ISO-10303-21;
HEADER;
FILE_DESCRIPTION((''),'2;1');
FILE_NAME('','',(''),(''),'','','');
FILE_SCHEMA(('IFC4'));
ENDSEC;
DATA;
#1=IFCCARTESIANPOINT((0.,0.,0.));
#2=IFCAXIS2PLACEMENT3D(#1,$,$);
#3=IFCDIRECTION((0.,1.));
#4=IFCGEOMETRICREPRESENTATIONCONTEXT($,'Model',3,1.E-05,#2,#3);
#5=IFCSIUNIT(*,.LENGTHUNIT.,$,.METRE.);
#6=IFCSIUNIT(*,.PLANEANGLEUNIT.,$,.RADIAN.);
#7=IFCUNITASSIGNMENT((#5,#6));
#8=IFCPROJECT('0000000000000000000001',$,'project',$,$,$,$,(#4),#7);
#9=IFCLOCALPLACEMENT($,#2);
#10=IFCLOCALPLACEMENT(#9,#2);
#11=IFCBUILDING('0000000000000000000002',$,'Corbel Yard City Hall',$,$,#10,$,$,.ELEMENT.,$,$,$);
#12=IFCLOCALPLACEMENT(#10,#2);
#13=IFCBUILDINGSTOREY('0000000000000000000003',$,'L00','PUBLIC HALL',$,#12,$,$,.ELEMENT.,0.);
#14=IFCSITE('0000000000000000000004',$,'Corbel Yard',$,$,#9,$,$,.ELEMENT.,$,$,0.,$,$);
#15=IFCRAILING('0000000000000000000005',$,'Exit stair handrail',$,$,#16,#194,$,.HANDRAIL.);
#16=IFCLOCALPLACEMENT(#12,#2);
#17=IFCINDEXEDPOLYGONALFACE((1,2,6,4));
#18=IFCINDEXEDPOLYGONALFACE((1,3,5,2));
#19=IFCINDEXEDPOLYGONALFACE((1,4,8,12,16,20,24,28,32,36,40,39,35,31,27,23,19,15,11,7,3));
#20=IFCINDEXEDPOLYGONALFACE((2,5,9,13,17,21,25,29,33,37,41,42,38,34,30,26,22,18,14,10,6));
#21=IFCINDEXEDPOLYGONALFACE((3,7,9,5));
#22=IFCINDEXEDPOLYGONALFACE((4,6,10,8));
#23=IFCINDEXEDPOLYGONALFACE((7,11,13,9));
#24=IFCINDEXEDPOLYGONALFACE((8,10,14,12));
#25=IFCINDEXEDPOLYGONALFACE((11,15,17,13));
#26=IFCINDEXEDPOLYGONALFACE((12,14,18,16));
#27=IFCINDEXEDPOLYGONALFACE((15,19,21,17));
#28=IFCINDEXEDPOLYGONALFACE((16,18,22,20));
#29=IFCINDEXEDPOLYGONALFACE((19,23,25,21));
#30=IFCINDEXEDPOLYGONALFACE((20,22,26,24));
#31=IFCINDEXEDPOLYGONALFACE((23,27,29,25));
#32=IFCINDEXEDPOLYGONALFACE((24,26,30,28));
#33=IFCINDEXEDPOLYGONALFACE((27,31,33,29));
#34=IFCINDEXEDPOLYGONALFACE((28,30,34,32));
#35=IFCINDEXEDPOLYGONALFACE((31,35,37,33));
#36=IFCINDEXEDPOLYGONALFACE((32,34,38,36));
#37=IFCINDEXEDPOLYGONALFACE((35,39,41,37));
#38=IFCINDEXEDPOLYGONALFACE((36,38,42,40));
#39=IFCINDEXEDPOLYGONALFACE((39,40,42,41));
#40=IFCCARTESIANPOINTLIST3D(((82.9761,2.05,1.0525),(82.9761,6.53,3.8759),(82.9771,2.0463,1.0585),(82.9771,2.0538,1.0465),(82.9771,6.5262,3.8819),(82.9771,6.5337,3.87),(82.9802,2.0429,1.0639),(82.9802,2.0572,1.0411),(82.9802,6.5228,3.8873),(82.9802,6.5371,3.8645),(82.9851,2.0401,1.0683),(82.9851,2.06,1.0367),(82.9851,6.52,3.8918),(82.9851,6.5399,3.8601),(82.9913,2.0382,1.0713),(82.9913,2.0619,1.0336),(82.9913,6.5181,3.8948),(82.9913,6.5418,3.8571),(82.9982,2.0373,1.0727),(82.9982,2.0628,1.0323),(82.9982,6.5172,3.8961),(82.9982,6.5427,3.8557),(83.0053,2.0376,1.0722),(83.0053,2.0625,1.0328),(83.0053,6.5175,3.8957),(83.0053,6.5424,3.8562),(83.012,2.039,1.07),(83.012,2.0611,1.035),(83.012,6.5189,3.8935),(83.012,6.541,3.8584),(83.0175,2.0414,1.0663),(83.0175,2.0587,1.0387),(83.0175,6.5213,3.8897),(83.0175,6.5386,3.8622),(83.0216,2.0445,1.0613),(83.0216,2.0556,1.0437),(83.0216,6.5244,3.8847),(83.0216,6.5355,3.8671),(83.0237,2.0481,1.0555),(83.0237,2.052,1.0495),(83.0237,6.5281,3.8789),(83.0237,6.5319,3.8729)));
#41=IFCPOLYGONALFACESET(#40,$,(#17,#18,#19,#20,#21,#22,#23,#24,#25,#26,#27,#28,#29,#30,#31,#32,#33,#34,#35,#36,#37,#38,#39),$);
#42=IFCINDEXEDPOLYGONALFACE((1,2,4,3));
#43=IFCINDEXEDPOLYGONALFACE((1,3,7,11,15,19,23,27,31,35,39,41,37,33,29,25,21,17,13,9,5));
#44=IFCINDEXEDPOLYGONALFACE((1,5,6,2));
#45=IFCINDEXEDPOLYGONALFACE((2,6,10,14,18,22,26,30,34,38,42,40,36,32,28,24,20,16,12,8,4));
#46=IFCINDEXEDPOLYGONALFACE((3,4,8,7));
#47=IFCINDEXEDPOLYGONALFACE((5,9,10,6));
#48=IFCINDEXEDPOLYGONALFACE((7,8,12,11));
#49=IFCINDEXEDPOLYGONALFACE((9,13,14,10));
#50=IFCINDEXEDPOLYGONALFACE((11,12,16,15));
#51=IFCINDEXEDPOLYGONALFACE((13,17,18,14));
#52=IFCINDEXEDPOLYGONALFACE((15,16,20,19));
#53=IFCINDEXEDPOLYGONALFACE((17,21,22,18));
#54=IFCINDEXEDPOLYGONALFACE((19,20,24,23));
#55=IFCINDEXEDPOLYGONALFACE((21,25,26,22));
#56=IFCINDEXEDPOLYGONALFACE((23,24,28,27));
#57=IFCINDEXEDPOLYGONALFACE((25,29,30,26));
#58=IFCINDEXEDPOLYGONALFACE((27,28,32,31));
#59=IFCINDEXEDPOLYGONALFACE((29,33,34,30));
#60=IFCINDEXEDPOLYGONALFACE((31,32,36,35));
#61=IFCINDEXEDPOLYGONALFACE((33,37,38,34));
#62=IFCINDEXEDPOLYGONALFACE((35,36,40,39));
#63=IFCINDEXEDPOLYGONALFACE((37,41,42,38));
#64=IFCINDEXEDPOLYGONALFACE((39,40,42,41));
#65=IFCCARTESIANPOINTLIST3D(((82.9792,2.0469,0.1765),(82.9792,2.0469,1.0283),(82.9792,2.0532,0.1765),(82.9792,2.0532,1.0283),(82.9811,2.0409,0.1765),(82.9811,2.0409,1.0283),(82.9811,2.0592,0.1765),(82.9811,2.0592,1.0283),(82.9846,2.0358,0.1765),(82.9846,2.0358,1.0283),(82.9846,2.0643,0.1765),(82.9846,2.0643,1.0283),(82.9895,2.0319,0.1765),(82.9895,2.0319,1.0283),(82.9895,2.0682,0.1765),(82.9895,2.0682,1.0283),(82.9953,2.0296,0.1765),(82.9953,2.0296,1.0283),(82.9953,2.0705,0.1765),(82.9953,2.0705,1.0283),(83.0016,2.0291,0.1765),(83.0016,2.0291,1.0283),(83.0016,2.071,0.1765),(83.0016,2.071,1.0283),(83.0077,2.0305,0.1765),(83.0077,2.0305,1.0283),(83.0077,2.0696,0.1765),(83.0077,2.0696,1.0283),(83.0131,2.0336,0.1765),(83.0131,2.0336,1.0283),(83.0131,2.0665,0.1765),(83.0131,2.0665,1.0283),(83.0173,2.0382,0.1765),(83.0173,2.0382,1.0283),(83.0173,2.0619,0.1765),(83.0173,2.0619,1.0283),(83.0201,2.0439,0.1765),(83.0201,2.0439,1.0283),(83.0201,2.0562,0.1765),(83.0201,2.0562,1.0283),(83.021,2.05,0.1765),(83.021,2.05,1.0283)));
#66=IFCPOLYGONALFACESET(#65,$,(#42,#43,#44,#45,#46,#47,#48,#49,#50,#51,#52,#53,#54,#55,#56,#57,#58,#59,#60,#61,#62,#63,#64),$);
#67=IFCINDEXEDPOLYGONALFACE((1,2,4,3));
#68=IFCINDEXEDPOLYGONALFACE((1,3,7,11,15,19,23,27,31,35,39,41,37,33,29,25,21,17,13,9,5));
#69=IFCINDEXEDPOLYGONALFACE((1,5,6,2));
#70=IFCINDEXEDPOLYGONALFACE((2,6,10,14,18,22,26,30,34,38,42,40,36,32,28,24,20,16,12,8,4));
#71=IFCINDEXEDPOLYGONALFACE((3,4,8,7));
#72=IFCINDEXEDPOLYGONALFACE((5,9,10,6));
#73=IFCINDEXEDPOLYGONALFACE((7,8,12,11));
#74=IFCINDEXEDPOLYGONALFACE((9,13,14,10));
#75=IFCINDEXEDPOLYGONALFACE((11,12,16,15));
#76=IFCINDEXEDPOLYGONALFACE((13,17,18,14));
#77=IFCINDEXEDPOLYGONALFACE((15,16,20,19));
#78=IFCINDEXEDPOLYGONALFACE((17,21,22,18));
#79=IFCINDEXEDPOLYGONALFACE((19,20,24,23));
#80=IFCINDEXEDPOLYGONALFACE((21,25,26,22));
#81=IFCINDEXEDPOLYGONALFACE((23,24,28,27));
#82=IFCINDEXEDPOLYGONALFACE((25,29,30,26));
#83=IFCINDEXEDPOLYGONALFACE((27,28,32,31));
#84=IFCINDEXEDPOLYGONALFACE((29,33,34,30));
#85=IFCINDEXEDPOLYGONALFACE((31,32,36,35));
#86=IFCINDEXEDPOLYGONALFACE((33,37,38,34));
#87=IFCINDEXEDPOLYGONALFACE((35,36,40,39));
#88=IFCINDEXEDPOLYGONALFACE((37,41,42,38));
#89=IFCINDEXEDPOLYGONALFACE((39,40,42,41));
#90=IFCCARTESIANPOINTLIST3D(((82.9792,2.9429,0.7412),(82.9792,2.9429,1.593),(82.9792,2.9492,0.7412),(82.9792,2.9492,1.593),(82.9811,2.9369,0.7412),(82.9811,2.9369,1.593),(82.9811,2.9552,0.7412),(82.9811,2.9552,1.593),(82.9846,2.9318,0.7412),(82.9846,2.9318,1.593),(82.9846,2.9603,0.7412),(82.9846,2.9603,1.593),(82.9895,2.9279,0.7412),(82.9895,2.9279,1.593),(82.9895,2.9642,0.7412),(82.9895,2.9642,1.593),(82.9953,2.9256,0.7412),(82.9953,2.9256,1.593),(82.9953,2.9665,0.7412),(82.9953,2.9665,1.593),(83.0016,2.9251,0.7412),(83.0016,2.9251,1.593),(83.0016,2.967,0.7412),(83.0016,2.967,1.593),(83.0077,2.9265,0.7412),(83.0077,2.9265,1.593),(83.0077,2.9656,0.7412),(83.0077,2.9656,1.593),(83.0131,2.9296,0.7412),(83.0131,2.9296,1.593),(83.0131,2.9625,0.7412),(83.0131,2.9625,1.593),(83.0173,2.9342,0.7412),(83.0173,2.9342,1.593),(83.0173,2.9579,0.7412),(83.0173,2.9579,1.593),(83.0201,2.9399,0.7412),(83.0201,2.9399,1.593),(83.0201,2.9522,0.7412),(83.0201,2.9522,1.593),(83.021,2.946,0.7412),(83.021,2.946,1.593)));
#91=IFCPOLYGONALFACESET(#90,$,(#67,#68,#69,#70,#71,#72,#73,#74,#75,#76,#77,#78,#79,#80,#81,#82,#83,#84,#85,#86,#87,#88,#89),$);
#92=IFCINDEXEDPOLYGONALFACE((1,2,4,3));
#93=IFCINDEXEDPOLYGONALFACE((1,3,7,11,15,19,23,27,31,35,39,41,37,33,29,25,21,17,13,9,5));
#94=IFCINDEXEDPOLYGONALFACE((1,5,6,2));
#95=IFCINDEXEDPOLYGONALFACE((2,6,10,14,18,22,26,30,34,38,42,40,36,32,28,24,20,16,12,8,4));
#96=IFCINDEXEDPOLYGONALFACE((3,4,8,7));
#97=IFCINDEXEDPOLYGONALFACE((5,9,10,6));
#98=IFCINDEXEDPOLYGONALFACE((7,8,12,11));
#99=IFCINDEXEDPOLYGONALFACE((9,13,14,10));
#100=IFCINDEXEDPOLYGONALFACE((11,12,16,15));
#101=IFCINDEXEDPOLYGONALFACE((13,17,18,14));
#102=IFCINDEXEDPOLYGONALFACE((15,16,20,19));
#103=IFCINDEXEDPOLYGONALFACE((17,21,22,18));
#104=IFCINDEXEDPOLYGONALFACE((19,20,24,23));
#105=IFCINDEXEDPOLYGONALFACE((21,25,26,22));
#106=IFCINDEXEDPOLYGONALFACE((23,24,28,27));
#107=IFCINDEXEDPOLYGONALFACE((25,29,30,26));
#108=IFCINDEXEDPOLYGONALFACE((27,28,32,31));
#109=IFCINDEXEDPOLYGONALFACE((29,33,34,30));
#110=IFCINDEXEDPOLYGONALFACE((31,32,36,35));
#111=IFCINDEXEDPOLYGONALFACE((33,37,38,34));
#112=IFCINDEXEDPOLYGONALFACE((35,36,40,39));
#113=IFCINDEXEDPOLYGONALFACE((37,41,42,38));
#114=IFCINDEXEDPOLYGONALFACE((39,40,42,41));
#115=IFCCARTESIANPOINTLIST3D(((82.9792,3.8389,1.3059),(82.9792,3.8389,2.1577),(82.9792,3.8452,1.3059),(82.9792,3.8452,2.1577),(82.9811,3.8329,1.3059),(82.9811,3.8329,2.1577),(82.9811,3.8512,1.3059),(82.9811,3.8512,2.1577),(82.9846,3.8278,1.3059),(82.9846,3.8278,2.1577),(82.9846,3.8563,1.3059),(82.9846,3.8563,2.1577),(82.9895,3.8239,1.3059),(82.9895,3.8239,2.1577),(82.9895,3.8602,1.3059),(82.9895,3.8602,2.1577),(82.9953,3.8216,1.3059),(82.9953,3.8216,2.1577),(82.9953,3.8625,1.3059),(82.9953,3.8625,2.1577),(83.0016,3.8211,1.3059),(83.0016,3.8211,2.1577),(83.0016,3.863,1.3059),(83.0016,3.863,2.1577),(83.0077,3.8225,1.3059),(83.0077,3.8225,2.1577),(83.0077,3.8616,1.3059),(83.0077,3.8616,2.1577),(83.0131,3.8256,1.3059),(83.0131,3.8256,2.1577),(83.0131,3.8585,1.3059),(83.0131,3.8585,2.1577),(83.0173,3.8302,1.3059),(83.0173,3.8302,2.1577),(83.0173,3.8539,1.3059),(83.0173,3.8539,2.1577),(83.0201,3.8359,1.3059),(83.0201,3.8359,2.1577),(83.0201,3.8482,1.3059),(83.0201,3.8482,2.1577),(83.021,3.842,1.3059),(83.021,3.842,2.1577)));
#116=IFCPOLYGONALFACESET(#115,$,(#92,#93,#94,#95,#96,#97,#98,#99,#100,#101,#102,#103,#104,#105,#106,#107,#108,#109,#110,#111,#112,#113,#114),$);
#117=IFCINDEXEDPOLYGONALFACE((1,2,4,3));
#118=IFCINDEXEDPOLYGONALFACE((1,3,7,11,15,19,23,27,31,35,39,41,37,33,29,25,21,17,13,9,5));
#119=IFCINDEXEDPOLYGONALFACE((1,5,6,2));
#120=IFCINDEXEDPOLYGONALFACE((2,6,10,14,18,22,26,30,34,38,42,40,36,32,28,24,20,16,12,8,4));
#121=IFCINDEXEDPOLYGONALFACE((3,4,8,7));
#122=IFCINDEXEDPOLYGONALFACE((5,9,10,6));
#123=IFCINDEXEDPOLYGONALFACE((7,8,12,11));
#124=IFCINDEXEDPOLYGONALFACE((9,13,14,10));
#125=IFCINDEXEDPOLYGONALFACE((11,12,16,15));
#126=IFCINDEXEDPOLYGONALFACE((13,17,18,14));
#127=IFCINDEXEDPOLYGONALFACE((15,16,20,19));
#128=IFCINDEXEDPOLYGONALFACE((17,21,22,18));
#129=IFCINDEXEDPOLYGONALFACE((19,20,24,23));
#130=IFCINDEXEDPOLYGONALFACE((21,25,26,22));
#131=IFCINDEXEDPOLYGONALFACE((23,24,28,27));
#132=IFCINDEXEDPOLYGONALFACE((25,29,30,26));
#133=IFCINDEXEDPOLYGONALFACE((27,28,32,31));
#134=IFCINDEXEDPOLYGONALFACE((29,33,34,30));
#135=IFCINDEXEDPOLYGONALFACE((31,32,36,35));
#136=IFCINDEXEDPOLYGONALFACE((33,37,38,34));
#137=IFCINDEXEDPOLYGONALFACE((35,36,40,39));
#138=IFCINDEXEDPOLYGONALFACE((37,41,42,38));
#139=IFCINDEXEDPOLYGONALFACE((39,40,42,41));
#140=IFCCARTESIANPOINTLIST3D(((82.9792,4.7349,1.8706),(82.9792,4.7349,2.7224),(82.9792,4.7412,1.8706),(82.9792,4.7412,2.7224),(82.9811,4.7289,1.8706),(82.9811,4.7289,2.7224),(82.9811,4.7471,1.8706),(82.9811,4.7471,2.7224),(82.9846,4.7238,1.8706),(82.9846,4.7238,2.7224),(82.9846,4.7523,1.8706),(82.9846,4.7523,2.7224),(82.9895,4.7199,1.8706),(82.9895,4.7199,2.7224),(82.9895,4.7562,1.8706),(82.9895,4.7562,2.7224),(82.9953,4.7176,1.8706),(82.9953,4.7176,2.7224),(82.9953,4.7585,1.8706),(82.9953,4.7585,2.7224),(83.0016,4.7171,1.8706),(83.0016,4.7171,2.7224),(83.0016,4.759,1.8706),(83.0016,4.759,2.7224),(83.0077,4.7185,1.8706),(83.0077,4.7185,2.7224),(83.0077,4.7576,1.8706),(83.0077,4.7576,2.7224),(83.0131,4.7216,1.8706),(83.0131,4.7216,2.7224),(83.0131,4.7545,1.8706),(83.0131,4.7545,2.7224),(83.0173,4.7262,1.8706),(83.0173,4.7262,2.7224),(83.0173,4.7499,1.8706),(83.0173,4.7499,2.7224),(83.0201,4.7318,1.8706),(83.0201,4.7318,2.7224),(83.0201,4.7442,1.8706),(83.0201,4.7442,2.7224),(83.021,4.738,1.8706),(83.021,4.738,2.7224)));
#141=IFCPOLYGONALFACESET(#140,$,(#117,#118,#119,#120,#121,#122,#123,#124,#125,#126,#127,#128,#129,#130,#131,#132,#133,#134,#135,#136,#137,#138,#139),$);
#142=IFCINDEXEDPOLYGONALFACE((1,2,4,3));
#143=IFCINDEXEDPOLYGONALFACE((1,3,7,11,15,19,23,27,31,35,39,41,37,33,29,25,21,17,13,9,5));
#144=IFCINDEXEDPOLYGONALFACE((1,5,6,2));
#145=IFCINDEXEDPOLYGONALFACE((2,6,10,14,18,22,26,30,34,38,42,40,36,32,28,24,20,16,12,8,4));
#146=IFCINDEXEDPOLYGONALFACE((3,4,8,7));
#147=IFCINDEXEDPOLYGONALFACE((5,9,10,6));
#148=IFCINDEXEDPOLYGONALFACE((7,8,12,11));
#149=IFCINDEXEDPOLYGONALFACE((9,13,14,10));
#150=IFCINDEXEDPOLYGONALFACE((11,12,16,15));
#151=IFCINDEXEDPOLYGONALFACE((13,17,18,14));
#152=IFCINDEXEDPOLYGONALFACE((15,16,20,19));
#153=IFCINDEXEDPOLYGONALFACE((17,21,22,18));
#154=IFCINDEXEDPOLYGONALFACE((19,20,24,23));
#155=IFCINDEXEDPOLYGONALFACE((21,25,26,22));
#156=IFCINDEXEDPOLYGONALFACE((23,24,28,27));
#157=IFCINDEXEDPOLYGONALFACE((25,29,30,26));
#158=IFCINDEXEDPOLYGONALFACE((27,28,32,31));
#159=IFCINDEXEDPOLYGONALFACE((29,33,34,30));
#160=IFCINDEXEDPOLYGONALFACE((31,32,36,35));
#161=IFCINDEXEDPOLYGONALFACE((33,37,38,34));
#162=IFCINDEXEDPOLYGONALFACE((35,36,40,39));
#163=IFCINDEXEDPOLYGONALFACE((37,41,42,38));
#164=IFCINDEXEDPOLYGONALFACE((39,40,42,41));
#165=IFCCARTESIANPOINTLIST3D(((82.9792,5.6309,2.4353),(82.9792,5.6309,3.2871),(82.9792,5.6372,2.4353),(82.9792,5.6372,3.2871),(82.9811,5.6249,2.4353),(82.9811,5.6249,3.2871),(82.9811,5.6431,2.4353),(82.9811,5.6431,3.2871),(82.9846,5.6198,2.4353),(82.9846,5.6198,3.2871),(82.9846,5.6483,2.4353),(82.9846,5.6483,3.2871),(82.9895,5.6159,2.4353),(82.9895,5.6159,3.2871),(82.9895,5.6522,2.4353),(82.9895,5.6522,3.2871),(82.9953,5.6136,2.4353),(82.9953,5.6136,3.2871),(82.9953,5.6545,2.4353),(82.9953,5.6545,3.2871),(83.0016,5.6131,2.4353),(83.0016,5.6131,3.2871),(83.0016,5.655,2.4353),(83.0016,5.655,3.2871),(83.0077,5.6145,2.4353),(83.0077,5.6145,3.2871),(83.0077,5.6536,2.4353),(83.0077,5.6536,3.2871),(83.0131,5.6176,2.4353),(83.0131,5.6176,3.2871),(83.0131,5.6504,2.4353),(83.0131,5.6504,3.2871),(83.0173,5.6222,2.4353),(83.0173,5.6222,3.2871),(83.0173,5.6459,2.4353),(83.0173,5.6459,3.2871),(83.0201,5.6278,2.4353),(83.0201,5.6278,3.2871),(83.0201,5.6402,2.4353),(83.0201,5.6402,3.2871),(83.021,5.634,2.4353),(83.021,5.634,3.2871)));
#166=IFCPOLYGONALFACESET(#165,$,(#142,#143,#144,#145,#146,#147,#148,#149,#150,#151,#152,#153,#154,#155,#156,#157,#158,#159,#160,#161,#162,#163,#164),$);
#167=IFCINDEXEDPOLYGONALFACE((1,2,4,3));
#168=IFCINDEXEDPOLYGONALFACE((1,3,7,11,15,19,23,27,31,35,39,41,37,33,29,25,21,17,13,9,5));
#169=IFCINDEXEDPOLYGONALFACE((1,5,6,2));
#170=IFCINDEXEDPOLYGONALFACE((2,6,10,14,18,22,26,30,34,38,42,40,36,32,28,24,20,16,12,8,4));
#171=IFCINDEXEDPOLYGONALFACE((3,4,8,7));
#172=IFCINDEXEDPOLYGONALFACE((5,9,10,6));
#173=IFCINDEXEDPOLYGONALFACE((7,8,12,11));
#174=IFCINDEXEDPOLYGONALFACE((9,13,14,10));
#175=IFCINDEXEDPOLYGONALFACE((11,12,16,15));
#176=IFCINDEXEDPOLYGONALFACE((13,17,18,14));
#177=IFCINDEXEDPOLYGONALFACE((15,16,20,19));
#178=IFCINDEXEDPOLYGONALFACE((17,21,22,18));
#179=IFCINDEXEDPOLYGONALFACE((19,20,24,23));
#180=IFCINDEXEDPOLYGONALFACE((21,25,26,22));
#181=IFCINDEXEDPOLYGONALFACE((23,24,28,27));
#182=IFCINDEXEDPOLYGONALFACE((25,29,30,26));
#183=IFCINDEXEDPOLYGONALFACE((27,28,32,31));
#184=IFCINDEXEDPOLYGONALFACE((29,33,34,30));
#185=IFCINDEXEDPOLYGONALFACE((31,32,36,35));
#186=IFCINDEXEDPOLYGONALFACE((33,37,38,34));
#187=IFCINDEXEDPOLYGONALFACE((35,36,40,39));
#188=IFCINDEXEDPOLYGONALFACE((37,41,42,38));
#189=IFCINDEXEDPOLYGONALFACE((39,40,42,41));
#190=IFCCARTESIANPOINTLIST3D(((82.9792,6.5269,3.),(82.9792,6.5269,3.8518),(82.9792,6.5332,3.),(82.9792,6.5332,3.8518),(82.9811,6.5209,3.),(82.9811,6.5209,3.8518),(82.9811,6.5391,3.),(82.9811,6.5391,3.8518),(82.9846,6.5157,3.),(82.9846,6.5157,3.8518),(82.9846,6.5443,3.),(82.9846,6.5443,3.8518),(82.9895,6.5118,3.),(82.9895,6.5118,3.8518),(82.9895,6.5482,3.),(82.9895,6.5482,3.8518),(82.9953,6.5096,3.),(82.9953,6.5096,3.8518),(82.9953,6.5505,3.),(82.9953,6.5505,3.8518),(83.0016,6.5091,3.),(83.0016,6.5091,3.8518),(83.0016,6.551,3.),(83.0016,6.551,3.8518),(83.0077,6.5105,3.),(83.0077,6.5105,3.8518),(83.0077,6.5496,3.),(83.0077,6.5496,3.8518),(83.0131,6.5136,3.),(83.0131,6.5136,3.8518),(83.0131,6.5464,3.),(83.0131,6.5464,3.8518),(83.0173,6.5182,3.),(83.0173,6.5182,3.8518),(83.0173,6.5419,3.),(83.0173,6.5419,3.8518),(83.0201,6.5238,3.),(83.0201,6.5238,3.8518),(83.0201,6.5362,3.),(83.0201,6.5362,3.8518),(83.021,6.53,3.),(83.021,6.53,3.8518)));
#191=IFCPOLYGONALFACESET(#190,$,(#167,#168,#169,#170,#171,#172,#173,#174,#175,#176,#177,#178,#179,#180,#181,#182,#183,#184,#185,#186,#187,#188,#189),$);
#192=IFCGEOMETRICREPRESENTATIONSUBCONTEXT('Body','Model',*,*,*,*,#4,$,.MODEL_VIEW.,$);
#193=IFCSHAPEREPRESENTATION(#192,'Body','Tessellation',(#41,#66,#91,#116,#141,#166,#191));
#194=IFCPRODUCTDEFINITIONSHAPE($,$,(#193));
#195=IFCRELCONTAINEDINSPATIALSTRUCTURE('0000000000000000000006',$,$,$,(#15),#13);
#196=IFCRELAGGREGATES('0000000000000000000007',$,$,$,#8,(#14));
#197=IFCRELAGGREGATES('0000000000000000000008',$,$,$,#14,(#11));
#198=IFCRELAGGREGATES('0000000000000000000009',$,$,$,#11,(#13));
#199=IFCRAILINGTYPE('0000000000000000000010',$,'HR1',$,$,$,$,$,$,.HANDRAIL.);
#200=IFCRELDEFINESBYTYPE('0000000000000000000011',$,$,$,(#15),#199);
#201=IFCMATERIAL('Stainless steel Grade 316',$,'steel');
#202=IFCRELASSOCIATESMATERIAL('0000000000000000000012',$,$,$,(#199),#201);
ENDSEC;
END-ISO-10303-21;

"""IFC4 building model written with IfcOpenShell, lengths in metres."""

from ifc_helpers import new_model, si_unit, direction, frame, origin, origin_2d, place, context, subcontext, project, spatial, circle, extrude, material, type_object, element, save


model = new_model("IFC4")

# Units and contexts
model_context = context("Model", 3, precision=1e-05, world=origin(), true_north=direction((0.0, 1.0)))
body_context = subcontext(model_context, "Body", "Model", "MODEL_VIEW")
ifc_project = project(units=[si_unit("LENGTHUNIT", "METRE"), si_unit("PLANEANGLEUNIT", "RADIAN")], contexts=[model_context])

# Site, building, storey
site_placement = place(None, origin())
site = spatial("IfcSite", under=ifc_project, at=site_placement, Name="Corbel Yard", CompositionType="ELEMENT", RefElevation=0.0)
building_placement = place(site_placement, origin())
building = spatial("IfcBuilding", under=site, at=building_placement, Name="Corbel Yard City Hall", CompositionType="ELEMENT")
storey_placement = place(building_placement, origin())
storey = spatial("IfcBuildingStorey", under=building, at=storey_placement, Name="L00", Description="PUBLIC HALL", CompositionType="ELEMENT", Elevation=0.0)

# Shared definitions
ifc_material_1 = material(Name="Stainless steel Grade 316", Category="steel")

# Railing
railing_type = type_object("IfcRailingType", Name="HR1", PredefinedType="HANDRAIL", material=ifc_material_1)
for number, where, name in (
    (1, (83.0, 2.05, 0.1765), "Exit stair handrail"),
):
    element("IfcRailing", number, at=place(storey_placement, frame(where)), inside=storey, type_object=railing_type, Name=name, PredefinedType="HANDRAIL", context=body_context, shape_type="SweptSolid", body=[
        extrude(circle(Radius=0.0239, at=origin_2d()), frame((0.0, 0.0, 0.876), z_axis=(0.0, 0.845998, 0.533186), x_axis=(-1.0, 0.0, 0.0)), (0.0, 0.0, 1.0), 5.2954),
        extrude(circle(Radius=0.021, at=origin_2d()), origin(), (0.0, 0.0, 1.0), 0.8518),
        extrude(circle(Radius=0.021, at=origin_2d()), frame((0.0, 0.896, 0.5647)), (0.0, 0.0, 1.0), 0.8518),
        extrude(circle(Radius=0.021, at=origin_2d()), frame((0.0, 1.792, 1.1294)), (0.0, 0.0, 1.0), 0.8518),
        extrude(circle(Radius=0.021, at=origin_2d()), frame((0.0, 2.688, 1.6941)), (0.0, 0.0, 1.0), 0.8518),
        extrude(circle(Radius=0.021, at=origin_2d()), frame((0.0, 3.584, 2.2588)), (0.0, 0.0, 1.0), 0.8518),
        extrude(circle(Radius=0.021, at=origin_2d()), frame((0.0, 4.48, 2.8235)), (0.0, 0.0, 1.0), 0.8518),
    ])

save(model, "model.ifc")
